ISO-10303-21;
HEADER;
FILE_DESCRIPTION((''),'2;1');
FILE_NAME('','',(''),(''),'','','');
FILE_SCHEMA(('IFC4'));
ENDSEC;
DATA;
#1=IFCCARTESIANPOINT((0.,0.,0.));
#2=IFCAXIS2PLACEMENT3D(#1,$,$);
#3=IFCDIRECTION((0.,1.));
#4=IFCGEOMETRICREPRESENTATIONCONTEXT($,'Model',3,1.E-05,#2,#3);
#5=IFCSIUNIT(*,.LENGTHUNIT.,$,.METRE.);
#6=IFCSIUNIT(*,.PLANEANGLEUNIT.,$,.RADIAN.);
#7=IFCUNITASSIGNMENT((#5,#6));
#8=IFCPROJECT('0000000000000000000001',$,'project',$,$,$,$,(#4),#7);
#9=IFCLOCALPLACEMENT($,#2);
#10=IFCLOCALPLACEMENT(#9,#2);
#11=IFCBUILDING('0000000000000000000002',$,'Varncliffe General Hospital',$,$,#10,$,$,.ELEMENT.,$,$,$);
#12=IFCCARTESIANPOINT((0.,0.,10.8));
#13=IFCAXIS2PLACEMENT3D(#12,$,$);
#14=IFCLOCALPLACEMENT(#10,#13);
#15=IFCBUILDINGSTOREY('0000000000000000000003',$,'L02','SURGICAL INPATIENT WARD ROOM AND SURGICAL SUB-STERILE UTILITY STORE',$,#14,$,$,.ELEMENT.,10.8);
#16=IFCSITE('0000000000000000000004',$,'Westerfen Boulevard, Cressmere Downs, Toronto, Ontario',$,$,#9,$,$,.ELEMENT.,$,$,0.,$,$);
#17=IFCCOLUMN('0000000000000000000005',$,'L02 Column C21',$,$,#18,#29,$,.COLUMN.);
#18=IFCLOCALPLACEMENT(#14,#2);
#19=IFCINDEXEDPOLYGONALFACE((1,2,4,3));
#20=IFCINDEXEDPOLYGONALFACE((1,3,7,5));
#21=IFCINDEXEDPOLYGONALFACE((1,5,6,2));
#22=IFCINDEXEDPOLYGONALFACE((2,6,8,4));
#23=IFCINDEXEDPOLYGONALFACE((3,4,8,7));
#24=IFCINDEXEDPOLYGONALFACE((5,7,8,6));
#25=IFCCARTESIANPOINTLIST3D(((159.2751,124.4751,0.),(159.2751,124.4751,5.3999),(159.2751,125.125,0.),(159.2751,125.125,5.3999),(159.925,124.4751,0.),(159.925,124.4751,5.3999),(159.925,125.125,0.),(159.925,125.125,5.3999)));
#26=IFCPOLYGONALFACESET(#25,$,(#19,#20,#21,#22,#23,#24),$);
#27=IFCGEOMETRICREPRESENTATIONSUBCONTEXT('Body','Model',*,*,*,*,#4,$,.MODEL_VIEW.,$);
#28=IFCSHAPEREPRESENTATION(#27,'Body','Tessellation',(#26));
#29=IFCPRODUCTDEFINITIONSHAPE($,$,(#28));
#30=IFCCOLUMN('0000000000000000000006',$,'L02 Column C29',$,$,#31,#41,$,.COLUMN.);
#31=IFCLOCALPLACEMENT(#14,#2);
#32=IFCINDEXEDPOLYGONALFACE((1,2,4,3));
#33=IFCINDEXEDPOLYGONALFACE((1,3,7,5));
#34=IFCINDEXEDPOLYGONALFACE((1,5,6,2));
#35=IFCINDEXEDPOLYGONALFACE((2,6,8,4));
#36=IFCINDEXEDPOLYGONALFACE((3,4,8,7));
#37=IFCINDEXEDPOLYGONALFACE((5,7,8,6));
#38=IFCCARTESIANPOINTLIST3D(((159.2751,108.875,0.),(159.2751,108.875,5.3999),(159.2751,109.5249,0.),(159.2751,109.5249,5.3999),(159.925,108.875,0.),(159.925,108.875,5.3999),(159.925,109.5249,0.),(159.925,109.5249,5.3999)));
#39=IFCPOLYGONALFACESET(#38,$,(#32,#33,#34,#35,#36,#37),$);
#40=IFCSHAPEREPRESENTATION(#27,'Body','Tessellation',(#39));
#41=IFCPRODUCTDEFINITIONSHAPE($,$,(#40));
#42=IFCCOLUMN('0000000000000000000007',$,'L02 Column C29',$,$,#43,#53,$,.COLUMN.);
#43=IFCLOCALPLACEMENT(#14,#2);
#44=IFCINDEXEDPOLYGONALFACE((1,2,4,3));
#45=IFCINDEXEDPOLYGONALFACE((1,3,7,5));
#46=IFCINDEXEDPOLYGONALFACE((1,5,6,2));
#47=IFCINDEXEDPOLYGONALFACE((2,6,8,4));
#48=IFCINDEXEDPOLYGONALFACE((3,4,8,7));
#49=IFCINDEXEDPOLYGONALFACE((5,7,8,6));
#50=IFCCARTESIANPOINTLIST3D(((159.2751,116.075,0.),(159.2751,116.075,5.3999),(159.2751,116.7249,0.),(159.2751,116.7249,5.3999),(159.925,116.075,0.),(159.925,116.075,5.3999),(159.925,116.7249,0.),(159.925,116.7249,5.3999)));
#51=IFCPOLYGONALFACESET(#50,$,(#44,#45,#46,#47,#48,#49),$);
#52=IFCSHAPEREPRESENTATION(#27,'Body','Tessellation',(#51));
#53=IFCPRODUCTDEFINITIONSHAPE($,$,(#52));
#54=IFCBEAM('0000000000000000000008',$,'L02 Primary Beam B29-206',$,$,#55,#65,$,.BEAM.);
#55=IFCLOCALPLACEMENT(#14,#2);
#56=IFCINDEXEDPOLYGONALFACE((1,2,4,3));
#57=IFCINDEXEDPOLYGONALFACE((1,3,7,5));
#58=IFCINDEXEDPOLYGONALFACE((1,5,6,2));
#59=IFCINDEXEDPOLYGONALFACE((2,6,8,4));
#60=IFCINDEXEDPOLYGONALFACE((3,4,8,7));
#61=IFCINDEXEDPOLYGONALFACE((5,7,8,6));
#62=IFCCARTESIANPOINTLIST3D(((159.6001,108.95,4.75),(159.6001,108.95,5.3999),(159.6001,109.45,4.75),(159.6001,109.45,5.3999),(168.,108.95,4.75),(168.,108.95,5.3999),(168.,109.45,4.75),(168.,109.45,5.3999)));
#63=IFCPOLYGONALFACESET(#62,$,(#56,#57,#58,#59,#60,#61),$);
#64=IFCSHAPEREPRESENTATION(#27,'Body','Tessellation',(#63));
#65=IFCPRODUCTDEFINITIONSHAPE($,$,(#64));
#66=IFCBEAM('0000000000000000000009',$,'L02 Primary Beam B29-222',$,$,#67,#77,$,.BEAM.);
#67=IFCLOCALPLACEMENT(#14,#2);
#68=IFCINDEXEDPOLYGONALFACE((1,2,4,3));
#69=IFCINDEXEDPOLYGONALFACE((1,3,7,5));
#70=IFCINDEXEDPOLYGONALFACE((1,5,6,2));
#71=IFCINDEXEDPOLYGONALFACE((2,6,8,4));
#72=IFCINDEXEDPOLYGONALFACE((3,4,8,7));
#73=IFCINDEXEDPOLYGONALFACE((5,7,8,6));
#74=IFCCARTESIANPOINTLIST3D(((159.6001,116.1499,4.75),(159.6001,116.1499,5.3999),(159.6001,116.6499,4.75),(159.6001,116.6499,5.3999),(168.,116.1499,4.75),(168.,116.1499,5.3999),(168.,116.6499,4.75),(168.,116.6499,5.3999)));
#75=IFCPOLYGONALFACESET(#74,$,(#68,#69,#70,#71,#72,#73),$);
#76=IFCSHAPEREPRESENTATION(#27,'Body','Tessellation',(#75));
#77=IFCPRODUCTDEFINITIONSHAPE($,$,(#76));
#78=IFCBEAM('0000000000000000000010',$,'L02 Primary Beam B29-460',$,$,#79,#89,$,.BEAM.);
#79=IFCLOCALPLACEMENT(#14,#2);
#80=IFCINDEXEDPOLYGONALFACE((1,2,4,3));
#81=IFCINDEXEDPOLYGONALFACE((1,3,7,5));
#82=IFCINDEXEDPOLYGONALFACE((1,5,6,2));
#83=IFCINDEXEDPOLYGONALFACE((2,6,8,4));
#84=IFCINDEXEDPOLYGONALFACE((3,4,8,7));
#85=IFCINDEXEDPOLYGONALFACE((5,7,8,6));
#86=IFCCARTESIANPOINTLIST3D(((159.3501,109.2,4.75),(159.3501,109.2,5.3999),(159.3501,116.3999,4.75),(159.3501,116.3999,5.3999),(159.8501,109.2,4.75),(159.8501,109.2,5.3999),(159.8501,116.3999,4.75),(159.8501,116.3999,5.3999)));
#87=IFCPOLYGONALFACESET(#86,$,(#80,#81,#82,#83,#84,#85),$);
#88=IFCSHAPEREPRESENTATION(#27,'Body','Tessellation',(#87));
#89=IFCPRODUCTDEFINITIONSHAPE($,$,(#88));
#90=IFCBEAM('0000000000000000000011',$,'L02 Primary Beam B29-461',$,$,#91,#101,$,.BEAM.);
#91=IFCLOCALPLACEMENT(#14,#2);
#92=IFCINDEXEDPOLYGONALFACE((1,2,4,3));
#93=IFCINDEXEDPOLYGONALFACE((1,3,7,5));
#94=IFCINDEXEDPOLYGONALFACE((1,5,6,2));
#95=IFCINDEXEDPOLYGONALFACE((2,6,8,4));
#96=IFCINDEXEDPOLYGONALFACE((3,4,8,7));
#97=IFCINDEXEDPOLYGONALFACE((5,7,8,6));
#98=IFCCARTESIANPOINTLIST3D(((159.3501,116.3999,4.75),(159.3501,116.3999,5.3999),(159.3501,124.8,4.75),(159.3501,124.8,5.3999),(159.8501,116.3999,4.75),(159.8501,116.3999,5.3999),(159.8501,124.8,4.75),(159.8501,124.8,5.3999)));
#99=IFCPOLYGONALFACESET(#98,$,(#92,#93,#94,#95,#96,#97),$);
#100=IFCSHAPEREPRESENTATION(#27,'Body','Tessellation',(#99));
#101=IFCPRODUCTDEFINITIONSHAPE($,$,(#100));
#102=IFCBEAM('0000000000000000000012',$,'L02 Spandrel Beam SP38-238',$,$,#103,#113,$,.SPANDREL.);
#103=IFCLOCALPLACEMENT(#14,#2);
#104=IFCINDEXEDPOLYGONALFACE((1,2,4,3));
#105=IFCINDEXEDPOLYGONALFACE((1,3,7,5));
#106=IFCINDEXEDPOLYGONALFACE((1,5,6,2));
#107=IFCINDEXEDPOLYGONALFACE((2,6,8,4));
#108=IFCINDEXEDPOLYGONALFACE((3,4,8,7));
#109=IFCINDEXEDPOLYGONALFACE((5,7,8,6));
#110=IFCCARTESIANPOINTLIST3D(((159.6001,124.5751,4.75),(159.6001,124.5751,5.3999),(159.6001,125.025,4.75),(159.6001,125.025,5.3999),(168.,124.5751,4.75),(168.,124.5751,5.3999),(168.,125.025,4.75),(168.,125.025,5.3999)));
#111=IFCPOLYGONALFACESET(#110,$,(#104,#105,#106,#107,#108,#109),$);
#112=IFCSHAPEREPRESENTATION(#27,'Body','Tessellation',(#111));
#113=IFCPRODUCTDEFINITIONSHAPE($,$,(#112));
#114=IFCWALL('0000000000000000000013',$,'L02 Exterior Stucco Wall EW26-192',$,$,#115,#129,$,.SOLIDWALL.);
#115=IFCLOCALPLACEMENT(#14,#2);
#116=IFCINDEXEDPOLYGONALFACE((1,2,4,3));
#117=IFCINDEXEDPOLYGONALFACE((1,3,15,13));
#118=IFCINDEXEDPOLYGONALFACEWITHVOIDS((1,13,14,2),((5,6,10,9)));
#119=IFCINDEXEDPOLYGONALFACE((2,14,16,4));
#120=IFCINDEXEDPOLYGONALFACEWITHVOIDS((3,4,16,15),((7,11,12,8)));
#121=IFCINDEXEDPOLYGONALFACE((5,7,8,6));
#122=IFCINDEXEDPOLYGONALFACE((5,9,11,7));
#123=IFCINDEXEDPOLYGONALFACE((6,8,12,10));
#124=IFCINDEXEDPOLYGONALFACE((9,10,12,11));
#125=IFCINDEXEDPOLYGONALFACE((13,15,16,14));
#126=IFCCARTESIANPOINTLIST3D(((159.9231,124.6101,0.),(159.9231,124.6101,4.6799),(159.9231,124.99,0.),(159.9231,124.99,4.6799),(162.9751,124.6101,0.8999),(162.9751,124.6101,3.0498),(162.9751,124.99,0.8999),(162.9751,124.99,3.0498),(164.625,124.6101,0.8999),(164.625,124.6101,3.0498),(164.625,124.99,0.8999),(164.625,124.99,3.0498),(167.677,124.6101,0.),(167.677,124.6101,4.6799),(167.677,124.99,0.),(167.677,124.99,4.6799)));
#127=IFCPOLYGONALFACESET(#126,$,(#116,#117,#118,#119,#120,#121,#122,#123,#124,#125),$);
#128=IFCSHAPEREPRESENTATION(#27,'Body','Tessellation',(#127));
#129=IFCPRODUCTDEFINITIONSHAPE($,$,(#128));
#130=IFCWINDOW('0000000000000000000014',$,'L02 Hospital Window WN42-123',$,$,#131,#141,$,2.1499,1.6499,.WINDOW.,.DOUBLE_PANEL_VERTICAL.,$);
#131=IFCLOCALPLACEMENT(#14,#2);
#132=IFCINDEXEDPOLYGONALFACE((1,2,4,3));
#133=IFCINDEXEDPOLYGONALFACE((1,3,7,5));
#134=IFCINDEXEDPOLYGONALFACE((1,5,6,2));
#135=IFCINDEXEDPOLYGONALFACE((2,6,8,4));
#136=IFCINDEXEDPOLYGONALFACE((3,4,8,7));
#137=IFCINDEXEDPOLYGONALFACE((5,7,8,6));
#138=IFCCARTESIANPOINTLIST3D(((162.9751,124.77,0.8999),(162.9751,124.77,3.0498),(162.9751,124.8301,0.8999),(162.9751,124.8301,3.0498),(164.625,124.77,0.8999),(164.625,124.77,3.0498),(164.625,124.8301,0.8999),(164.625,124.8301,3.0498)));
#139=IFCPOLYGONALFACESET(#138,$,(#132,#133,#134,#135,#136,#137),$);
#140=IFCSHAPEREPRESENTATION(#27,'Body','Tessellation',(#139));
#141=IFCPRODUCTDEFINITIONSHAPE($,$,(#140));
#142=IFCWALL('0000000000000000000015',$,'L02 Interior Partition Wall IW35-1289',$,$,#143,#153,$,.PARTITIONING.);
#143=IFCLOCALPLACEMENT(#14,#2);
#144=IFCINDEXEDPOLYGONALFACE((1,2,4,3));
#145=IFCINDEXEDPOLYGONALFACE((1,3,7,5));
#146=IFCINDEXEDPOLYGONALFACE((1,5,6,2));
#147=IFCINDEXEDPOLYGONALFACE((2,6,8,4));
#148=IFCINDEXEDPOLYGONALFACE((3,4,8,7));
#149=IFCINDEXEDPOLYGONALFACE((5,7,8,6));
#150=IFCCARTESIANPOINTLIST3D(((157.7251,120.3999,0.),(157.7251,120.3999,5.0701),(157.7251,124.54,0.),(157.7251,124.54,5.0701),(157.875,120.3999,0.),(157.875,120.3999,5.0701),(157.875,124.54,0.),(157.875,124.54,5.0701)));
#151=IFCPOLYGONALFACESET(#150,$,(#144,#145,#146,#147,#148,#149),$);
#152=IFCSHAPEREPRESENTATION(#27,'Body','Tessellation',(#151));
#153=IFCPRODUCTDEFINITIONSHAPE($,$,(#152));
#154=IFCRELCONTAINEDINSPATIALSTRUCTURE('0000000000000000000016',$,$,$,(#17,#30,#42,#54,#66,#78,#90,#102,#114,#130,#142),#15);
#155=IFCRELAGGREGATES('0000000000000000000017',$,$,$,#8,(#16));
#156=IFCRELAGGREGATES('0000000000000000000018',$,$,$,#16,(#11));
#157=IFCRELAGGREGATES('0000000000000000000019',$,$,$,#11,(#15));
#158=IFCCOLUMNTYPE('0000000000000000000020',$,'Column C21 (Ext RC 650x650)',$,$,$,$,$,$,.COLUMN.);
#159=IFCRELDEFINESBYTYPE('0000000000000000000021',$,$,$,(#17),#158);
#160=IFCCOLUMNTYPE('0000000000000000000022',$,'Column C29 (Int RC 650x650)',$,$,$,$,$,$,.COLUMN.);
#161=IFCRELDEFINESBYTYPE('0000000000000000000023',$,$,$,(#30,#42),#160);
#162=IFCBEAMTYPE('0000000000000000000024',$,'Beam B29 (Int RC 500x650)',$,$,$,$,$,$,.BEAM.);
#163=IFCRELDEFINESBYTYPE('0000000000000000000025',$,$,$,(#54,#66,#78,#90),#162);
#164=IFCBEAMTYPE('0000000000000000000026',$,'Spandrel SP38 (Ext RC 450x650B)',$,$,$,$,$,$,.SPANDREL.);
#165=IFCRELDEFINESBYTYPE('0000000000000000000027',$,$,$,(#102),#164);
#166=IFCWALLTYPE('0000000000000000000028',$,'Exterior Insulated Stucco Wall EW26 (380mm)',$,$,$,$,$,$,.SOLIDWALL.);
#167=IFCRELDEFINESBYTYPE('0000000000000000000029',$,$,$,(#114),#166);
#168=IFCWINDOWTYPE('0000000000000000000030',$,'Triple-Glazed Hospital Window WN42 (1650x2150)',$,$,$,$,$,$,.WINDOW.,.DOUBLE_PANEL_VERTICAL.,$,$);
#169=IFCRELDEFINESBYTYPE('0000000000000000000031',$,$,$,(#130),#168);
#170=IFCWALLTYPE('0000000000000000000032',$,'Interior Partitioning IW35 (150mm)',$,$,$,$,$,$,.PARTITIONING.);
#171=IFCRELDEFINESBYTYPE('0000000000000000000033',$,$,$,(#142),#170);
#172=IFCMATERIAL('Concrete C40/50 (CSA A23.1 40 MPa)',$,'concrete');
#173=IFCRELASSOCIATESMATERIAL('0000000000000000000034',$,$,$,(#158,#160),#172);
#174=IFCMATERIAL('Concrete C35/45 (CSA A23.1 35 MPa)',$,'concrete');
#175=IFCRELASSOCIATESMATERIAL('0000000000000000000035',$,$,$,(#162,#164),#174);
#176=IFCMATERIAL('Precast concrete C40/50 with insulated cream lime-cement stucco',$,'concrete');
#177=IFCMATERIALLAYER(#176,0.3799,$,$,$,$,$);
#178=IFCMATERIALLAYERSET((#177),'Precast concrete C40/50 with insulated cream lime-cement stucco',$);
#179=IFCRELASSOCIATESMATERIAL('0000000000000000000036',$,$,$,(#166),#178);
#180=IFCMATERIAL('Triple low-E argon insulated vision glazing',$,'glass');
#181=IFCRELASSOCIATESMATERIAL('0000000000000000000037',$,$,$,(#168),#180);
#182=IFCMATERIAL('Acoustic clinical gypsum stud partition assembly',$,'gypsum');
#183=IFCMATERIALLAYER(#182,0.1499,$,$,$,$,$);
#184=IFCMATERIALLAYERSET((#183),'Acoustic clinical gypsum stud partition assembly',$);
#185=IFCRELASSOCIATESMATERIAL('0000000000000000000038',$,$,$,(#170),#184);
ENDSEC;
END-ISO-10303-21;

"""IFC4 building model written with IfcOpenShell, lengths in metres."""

from ifc_helpers import new_model, si_unit, direction, frame, frame_2d, origin, origin_2d, place, context, subcontext, project, spatial, rectangle, extrude, material, layer, layer_set, material_profile, profile_set, type_object, element, fill, save


model = new_model("IFC4")

# Units and contexts
model_context = context("Model", 3, precision=1e-05, world=origin(), true_north=direction((0.0, 1.0)))
body_context = subcontext(model_context, "Body", "Model", "MODEL_VIEW")
ifc_project = project(units=[si_unit("LENGTHUNIT", "METRE"), si_unit("PLANEANGLEUNIT", "RADIAN")], contexts=[model_context])

# Site, building, storey
site_placement = place(None, origin())
site = spatial("IfcSite", under=ifc_project, at=site_placement, Name="Westerfen Boulevard, Cressmere Downs, Toronto, Ontario", CompositionType="ELEMENT", RefElevation=0.0)
building_placement = place(site_placement, origin())
building = spatial("IfcBuilding", under=site, at=building_placement, Name="Varncliffe General Hospital", CompositionType="ELEMENT")
storey_placement = place(building_placement, frame((0.0, 0.0, 10.8)))
storey = spatial("IfcBuildingStorey", under=building, at=storey_placement, Name="L02", Description="SURGICAL INPATIENT WARD ROOM AND SURGICAL SUB-STERILE UTILITY STORE", CompositionType="ELEMENT", Elevation=10.8)

# Columns
ifc_material_1 = material(Name="Concrete C40/50 (CSA A23.1 40 MPa)", Category="concrete")
ifc_material_profile_1 = material_profile(ifc_material_1, rectangle(XDim=0.6499, YDim=0.6499, at=origin_2d()), Name="RC 650x650")
ifc_profile_set_1 = profile_set([ifc_material_profile_1], Name="Concrete C40/50 (CSA A23.1 40 MPa)")
column_type_1 = type_object("IfcColumnType", Name="Column C21 (Ext RC 650x650)", PredefinedType="COLUMN", material=ifc_profile_set_1)
column_placement = place(storey_placement, frame((159.6001, 124.8, 0.0), z_axis=(0.0, 0.0, 1.0), x_axis=(1.0, 0.0, 0.0)))
element("IfcColumn", 1, at=column_placement, inside=storey, type_object=column_type_1, Name="L02 Column C21", PredefinedType="COLUMN", context=body_context, shape_type="SweptSolid", body=[
    extrude(rectangle(XDim=0.6499, YDim=0.6499, at=origin_2d()), origin(), (0.0, 0.0, 1.0), 5.3999),
])
ifc_material_profile_2 = material_profile(ifc_material_1, rectangle(XDim=0.6499, YDim=0.6499, at=origin_2d()), Name="RC 650x650")
ifc_profile_set_2 = profile_set([ifc_material_profile_2], Name="Concrete C40/50 (CSA A23.1 40 MPa)")
column_type_2 = type_object("IfcColumnType", Name="Column C29 (Int RC 650x650)", PredefinedType="COLUMN", material=ifc_profile_set_2)
for number, where, z_axis, x_axis, name in (
    (2, (159.6001, 109.2, 0.0), (0.0, 0.0, 1.0), (1.0, 0.0, 0.0), "L02 Column C29"),
    (3, (159.6001, 116.3999, 0.0), (0.0, 0.0, 1.0), (1.0, 0.0, 0.0), "L02 Column C29"),
):
    element("IfcColumn", number, at=place(storey_placement, frame(where, z_axis=z_axis, x_axis=x_axis)), inside=storey, type_object=column_type_2, Name=name, PredefinedType="COLUMN", context=body_context, shape_type="SweptSolid", body=[
        extrude(rectangle(XDim=0.6499, YDim=0.6499, at=origin_2d()), origin(), (0.0, 0.0, 1.0), 5.3999),
    ])

# Beams
ifc_material_2 = material(Name="Concrete C35/45 (CSA A23.1 35 MPa)", Category="concrete")
ifc_material_profile_3 = material_profile(ifc_material_2, rectangle(XDim=0.5, YDim=0.6499, at=origin_2d()), Name="RC 500x650")
ifc_profile_set_3 = profile_set([ifc_material_profile_3], Name="Concrete C35/45 (CSA A23.1 35 MPa)")
beam_type_1 = type_object("IfcBeamType", Name="Beam B29 (Int RC 500x650)", PredefinedType="BEAM", material=ifc_profile_set_3)
for number, where, z_axis, x_axis, name in (
    (4, (159.6001, 109.2, 5.075), (1.0, 0.0, 0.0), (0.0, 1.0, 0.0), "L02 Primary Beam B29-206"),
    (5, (159.6001, 116.3999, 5.075), (1.0, 0.0, 0.0), (0.0, 1.0, 0.0), "L02 Primary Beam B29-222"),
):
    element("IfcBeam", number, at=place(storey_placement, frame(where, z_axis=z_axis, x_axis=x_axis)), inside=storey, type_object=beam_type_1, Name=name, PredefinedType="BEAM", context=body_context, shape_type="SweptSolid", body=[
        extrude(rectangle(XDim=0.5, YDim=0.6499, at=origin_2d()), origin(), (0.0, 0.0, 1.0), 8.3999),
    ])
beam_1_placement = place(storey_placement, frame((159.6001, 109.2, 5.075), z_axis=(0.0, 1.0, 0.0), x_axis=(-1.0, 0.0, 0.0)))
element("IfcBeam", 6, at=beam_1_placement, inside=storey, type_object=beam_type_1, Name="L02 Primary Beam B29-460", PredefinedType="BEAM", context=body_context, shape_type="SweptSolid", body=[
    extrude(rectangle(XDim=0.5, YDim=0.6499, at=origin_2d()), origin(), (0.0, 0.0, 1.0), 7.2),
])
beam_2_placement = place(storey_placement, frame((159.6001, 116.3999, 5.075), z_axis=(0.0, 1.0, 0.0), x_axis=(-1.0, 0.0, 0.0)))
element("IfcBeam", 7, at=beam_2_placement, inside=storey, type_object=beam_type_1, Name="L02 Primary Beam B29-461", PredefinedType="BEAM", context=body_context, shape_type="SweptSolid", body=[
    extrude(rectangle(XDim=0.5, YDim=0.6499, at=origin_2d()), origin(), (0.0, 0.0, 1.0), 8.4001),
])
ifc_material_profile_4 = material_profile(ifc_material_2, rectangle(XDim=0.45, YDim=0.6499, at=origin_2d()), Name="RC 450x650")
ifc_profile_set_4 = profile_set([ifc_material_profile_4], Name="Concrete C35/45 (CSA A23.1 35 MPa)")
beam_type_2 = type_object("IfcBeamType", Name="Spandrel SP38 (Ext RC 450x650B)", PredefinedType="SPANDREL", material=ifc_profile_set_4)
beam_3_placement = place(storey_placement, frame((159.6001, 124.8, 5.075), z_axis=(1.0, 0.0, 0.0), x_axis=(0.0, 1.0, 0.0)))
element("IfcBeam", 8, at=beam_3_placement, inside=storey, type_object=beam_type_2, Name="L02 Spandrel Beam SP38-238", PredefinedType="SPANDREL", context=body_context, shape_type="SweptSolid", body=[
    extrude(rectangle(XDim=0.45, YDim=0.6499, at=origin_2d()), origin(), (0.0, 0.0, 1.0), 8.3999),
])

# Wall, opening, window
ifc_material_3 = material(Name="Precast concrete C40/50 with insulated cream lime-cement stucco", Category="concrete")
ifc_layer_1 = layer(ifc_material_3, 0.3799)
ifc_layer_set_1 = layer_set([ifc_layer_1], Name="Precast concrete C40/50 with insulated cream lime-cement stucco")
wall_type_1 = type_object("IfcWallType", Name="Exterior Insulated Stucco Wall EW26 (380mm)", PredefinedType="SOLIDWALL", material=ifc_layer_set_1)
wall_1_placement = place(storey_placement, frame((159.9231, 124.8, 0.0), z_axis=(0.0, 0.0, 1.0), x_axis=(1.0, 0.0, 0.0)))
wall_1 = element("IfcWall", 9, at=wall_1_placement, inside=storey, type_object=wall_type_1, Name="L02 Exterior Stucco Wall EW26-192", PredefinedType="SOLIDWALL", context=body_context, shape_type="SweptSolid", body=[
    extrude(rectangle(XDim=7.7539, YDim=0.3799, at=frame_2d((3.877, 0.0))), origin(), (0.0, 0.0, 1.0), 4.6799),
])
opening_1_placement = place(wall_1_placement, frame((3.052, 0.0, 0.8999)))
opening_1 = element("IfcOpeningElement", 10, at=opening_1_placement, cuts=wall_1, PredefinedType="OPENING", context=body_context, shape_type="SweptSolid", body=[
    extrude(rectangle(XDim=1.6499, YDim=2.1499, at=frame_2d((0.825, 1.075))), frame((0.0, 0.2, 0.0), z_axis=(0.0, -1.0, 0.0), x_axis=(1.0, 0.0, 0.0)), (0.0, 0.0, 1.0), 0.3999),
])
ifc_material_4 = material(Name="Triple low-E argon insulated vision glazing", Category="glass")
window_type = type_object("IfcWindowType", Name="Triple-Glazed Hospital Window WN42 (1650x2150)", PartitioningType="DOUBLE_PANEL_VERTICAL", PredefinedType="WINDOW", material=ifc_material_4)
window_placement = place(opening_1_placement, origin())
window = element("IfcWindow", 11, at=window_placement, inside=storey, type_object=window_type, Name="L02 Hospital Window WN42-123", OverallHeight=2.1499, OverallWidth=1.6499, PartitioningType="DOUBLE_PANEL_VERTICAL", PredefinedType="WINDOW", context=body_context, shape_type="SweptSolid", body=[
    extrude(rectangle(XDim=1.6499, YDim=2.1499, at=frame_2d((0.825, 1.075))), frame((0.0, 0.03, 0.0), z_axis=(0.0, -1.0, 0.0), x_axis=(1.0, 0.0, 0.0)), (0.0, 0.0, 1.0), 0.0601),
])
fill(opening_1, window)

# Wall
ifc_material_5 = material(Name="Acoustic clinical gypsum stud partition assembly", Category="gypsum")
ifc_layer_2 = layer(ifc_material_5, 0.1499)
ifc_layer_set_2 = layer_set([ifc_layer_2], Name="Acoustic clinical gypsum stud partition assembly")
wall_type_2 = type_object("IfcWallType", Name="Interior Partitioning IW35 (150mm)", PredefinedType="PARTITIONING", material=ifc_layer_set_2)
wall_2_placement = place(storey_placement, frame((157.8, 120.3999, 0.0), z_axis=(0.0, 0.0, 1.0), x_axis=(0.0, 1.0, 0.0)))
element("IfcWall", 12, at=wall_2_placement, inside=storey, type_object=wall_type_2, Name="L02 Interior Partition Wall IW35-1289", PredefinedType="PARTITIONING", context=body_context, shape_type="SweptSolid", body=[
    extrude(rectangle(XDim=4.1401, YDim=0.1499, at=frame_2d((2.0701, 0.0))), origin(), (0.0, 0.0, 1.0), 5.0701),
])

save(model, "model.ifc")
